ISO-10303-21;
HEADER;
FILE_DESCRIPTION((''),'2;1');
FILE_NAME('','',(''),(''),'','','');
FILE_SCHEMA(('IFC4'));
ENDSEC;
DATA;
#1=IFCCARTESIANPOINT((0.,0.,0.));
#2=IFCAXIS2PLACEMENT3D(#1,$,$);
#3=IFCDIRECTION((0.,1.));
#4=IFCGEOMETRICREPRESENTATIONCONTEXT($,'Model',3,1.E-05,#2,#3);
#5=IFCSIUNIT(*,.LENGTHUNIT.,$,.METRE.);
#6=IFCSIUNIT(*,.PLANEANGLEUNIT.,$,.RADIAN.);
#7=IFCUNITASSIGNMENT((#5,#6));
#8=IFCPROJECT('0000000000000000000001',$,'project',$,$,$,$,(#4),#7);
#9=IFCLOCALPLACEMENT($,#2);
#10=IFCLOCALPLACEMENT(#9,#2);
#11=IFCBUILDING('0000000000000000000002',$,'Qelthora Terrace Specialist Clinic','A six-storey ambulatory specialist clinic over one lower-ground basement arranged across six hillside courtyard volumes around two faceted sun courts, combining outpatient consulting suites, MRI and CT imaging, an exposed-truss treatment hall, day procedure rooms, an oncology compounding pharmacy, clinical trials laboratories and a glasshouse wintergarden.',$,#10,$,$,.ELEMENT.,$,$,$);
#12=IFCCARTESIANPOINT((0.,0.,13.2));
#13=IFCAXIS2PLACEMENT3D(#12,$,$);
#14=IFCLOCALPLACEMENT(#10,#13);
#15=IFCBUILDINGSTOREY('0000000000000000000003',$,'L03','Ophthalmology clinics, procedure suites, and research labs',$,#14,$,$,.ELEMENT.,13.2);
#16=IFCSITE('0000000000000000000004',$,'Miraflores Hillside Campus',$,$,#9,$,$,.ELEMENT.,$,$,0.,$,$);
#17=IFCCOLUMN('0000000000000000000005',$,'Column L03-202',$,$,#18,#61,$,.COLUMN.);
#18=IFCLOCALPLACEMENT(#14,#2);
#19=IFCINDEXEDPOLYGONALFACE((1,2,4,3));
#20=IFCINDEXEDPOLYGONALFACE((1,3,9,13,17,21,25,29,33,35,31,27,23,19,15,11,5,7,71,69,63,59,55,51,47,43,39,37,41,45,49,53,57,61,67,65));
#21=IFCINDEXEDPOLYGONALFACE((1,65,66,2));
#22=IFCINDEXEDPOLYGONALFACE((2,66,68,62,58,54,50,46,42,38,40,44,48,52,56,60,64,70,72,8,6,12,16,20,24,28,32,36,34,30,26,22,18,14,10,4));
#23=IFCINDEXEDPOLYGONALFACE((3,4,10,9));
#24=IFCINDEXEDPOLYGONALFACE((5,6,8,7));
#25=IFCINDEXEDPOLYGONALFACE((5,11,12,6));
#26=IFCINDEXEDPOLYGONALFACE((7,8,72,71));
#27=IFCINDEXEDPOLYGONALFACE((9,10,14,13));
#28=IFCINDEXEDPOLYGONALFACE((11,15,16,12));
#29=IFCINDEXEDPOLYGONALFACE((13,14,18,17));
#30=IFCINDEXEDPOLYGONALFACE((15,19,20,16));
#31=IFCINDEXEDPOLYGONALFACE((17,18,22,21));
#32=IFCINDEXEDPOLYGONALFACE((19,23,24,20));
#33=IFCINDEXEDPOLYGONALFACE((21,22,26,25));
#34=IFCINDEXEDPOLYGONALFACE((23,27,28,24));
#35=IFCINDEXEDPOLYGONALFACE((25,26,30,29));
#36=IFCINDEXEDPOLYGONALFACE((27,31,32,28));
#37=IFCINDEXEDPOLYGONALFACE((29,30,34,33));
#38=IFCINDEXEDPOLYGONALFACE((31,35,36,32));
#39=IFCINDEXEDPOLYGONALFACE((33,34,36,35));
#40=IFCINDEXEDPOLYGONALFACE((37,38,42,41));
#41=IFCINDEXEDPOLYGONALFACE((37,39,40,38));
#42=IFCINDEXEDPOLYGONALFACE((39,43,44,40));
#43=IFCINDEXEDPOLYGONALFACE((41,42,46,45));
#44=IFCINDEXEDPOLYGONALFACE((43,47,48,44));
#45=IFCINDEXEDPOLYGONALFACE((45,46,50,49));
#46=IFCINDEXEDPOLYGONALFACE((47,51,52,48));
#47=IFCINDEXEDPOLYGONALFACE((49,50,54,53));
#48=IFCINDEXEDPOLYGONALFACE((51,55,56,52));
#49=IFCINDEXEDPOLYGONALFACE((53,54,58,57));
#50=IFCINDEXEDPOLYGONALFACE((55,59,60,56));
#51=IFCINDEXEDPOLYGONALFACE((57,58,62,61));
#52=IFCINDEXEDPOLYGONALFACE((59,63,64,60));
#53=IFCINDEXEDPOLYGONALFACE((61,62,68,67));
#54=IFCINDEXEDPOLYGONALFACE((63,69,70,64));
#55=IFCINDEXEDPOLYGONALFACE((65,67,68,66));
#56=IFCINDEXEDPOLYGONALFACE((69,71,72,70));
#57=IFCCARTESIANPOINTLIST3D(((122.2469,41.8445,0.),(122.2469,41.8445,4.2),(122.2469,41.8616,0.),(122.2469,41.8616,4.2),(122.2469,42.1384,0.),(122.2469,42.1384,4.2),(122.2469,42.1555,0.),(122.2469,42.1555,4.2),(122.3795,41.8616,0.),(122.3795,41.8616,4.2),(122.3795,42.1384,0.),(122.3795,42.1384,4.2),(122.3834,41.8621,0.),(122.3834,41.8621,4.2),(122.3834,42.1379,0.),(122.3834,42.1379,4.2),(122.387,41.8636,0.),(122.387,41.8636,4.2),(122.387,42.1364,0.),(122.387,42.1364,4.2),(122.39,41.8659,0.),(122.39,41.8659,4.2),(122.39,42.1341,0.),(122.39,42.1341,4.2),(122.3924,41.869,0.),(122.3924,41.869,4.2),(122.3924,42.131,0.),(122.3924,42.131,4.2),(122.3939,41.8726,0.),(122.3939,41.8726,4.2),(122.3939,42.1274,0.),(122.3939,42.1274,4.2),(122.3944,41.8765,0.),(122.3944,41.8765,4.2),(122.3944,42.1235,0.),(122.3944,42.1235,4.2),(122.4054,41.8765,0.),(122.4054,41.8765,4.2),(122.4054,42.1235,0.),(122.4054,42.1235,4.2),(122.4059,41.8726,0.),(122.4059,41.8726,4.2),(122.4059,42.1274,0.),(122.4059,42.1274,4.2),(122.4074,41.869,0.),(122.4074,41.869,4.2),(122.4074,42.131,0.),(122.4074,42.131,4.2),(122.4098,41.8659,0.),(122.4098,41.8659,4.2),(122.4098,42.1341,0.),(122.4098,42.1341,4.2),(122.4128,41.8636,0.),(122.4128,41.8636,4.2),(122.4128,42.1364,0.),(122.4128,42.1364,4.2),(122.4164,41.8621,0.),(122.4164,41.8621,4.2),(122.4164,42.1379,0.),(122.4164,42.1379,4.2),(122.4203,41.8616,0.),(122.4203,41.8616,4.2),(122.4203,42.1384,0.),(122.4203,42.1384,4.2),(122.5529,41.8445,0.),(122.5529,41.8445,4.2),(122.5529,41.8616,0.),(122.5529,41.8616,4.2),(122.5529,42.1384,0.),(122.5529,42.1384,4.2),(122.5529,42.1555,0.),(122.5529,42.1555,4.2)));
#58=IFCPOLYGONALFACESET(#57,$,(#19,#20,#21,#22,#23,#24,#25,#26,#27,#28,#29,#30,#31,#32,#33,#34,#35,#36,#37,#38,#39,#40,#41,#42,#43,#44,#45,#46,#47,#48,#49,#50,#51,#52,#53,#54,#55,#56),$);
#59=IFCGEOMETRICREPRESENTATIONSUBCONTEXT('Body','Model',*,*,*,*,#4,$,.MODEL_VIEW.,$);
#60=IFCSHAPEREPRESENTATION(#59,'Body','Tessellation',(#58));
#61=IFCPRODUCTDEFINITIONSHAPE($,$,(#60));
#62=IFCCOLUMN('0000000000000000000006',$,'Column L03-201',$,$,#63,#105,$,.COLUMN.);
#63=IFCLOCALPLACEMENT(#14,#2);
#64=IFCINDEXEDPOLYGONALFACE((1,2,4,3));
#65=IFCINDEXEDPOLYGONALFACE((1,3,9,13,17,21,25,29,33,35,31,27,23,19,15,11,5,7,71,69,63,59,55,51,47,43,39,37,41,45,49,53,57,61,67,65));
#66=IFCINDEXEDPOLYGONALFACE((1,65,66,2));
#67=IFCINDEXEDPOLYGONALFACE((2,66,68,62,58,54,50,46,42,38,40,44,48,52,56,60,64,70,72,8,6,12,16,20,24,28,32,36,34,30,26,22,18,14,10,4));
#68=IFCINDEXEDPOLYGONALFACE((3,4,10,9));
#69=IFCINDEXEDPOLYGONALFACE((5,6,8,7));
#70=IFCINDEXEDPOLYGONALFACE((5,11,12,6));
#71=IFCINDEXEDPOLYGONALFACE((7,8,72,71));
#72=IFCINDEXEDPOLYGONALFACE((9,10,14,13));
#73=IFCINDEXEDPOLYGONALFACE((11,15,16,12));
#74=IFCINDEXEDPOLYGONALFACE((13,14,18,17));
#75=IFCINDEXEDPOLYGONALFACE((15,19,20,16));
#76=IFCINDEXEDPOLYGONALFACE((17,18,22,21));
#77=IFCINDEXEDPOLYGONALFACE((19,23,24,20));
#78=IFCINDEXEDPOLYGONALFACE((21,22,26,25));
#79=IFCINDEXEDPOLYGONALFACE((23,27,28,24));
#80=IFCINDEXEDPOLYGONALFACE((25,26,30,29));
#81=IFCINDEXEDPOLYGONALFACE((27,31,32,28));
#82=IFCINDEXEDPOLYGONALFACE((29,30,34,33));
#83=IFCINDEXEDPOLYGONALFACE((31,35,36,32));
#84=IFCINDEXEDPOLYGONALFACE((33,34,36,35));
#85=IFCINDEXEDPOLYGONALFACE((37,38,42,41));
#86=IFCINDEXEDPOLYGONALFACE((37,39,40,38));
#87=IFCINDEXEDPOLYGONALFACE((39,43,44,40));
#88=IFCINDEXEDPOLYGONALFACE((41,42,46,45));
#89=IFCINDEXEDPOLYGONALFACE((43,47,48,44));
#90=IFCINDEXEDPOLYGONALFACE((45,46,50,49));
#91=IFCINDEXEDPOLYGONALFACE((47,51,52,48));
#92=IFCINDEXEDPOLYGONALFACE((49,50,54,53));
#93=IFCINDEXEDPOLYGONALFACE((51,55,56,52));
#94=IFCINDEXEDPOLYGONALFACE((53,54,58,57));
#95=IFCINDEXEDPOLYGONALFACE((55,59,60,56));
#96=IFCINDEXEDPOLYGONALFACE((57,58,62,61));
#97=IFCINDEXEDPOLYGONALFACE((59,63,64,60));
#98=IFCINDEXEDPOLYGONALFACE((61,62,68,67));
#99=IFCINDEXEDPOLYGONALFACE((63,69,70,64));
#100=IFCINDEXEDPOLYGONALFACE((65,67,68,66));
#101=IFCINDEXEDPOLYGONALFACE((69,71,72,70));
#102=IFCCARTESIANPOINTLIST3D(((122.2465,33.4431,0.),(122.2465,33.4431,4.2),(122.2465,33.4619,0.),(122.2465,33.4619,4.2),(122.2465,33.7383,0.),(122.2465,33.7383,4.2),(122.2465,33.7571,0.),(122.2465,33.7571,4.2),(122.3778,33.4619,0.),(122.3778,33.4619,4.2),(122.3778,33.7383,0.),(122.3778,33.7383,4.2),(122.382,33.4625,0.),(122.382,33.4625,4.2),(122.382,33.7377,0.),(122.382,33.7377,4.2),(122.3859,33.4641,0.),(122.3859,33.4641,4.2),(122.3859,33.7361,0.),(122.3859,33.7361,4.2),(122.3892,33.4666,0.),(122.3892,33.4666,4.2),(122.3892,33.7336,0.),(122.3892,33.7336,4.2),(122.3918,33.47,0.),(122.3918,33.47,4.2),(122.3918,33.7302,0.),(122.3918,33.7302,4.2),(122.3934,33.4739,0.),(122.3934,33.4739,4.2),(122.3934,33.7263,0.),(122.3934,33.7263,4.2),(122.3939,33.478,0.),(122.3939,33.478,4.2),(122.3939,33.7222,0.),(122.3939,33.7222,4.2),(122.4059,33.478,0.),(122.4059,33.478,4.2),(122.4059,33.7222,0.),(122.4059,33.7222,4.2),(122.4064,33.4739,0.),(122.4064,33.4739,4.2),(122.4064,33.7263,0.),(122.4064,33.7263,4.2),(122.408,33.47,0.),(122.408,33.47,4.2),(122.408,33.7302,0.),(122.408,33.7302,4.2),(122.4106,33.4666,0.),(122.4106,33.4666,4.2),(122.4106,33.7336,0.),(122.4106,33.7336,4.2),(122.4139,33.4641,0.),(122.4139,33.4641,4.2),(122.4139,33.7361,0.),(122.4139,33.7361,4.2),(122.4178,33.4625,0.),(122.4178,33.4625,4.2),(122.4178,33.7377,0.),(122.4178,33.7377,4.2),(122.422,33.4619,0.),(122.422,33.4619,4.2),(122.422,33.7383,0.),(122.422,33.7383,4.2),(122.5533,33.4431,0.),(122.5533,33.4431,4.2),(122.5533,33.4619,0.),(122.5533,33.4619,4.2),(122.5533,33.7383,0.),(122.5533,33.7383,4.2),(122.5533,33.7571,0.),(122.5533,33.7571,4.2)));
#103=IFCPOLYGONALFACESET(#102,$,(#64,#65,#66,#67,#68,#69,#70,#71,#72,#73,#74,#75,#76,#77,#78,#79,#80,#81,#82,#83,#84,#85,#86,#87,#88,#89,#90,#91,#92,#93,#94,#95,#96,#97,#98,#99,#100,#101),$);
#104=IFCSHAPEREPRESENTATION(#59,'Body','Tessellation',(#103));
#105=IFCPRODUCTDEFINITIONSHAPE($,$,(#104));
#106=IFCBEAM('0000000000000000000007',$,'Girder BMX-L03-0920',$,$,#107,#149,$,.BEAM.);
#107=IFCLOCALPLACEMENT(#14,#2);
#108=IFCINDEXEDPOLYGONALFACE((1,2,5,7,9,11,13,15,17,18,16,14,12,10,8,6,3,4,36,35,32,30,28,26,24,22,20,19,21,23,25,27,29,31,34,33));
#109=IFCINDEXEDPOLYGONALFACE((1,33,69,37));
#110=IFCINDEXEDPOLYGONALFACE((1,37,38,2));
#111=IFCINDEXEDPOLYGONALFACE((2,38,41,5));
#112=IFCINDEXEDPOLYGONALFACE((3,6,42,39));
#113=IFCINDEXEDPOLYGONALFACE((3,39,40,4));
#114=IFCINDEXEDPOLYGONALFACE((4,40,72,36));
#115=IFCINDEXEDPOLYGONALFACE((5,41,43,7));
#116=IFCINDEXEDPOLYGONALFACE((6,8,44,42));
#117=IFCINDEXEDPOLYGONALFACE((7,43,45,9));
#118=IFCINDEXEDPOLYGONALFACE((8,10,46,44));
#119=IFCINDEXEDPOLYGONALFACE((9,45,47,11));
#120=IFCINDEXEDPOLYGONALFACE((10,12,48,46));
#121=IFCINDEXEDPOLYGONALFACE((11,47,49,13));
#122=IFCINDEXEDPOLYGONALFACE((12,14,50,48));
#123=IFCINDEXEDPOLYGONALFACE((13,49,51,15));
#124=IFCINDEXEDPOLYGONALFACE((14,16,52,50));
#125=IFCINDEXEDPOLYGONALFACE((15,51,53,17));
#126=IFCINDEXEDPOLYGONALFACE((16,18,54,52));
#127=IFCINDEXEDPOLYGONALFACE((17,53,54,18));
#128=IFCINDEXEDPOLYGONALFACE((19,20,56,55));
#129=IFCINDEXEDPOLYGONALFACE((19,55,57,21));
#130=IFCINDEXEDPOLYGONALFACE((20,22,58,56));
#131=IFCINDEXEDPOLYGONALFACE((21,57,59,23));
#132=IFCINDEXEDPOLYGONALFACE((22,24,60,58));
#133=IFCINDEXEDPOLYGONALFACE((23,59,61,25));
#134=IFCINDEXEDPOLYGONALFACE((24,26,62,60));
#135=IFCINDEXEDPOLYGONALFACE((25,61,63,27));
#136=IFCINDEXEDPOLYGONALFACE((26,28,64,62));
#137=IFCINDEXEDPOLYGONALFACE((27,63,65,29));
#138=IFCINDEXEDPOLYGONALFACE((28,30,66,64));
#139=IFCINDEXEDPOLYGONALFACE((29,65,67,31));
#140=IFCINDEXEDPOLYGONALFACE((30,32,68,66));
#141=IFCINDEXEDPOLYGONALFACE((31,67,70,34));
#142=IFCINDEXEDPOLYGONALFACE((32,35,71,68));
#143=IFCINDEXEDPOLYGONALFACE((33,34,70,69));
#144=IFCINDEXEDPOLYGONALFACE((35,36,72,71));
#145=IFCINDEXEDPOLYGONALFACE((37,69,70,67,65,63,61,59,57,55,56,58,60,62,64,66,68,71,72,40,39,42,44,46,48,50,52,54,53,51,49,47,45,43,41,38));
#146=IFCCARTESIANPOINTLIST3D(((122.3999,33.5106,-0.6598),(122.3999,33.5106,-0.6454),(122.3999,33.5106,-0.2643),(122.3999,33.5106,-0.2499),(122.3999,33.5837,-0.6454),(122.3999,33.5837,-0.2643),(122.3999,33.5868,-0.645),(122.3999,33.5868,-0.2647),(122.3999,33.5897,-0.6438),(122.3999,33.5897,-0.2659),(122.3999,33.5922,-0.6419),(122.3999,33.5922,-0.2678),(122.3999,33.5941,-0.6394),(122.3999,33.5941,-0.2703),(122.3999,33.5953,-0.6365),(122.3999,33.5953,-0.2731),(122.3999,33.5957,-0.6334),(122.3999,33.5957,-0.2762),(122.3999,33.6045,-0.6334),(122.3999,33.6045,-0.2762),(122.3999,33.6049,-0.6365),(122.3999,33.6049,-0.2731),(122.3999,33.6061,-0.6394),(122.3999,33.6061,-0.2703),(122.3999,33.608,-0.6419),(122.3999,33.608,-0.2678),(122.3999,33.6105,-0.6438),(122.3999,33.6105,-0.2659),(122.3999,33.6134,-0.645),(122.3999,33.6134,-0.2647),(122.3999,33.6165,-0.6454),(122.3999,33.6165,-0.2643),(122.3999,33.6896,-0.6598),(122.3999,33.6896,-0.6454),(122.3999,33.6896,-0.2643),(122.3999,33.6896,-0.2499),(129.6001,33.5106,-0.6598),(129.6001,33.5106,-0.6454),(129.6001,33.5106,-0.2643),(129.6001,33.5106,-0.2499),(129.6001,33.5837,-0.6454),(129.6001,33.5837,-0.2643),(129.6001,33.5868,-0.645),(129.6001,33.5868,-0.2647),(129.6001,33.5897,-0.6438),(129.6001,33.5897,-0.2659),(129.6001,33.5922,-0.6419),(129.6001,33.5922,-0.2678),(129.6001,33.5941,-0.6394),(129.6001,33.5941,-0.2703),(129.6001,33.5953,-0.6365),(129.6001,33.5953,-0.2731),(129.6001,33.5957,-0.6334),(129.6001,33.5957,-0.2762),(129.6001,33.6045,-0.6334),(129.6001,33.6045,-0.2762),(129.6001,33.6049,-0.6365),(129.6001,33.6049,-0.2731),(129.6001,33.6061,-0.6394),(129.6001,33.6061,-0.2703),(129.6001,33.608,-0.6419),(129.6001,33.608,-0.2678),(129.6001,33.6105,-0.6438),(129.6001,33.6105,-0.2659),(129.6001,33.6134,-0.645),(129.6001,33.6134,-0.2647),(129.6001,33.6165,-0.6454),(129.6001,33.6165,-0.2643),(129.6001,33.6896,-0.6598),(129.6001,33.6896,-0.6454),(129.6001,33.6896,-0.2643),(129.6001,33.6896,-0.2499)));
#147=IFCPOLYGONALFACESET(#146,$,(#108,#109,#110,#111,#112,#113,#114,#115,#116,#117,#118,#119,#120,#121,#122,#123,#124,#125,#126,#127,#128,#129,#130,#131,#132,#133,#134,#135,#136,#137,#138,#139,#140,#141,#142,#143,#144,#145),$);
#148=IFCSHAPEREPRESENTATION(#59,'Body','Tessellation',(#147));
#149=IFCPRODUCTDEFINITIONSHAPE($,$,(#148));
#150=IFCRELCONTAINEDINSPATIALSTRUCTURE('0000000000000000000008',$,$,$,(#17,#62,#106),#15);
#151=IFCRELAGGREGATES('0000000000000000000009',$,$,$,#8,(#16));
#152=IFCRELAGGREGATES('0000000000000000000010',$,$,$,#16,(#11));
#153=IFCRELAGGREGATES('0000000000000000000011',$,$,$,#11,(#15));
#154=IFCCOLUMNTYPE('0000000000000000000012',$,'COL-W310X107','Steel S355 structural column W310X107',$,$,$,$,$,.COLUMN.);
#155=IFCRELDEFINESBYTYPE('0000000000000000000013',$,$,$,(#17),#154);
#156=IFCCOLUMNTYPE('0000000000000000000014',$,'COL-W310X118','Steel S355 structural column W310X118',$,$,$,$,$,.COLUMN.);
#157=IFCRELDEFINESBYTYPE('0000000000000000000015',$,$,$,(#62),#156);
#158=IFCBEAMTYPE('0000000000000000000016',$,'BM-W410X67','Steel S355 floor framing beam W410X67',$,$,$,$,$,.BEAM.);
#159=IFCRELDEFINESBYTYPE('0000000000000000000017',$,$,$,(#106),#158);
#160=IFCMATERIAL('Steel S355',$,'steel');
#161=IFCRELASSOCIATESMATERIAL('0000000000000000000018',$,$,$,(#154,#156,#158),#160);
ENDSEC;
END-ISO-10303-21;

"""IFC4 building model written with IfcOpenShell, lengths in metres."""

from ifc_helpers import new_model, si_unit, direction, frame, origin, origin_2d, place, context, subcontext, project, spatial, i_section, extrude, material, material_profile, profile_set, type_object, element, save


model = new_model("IFC4")

# Units and contexts
model_context = context("Model", 3, precision=1e-05, world=origin(), true_north=direction((0.0, 1.0)))
body_context = subcontext(model_context, "Body", "Model", "MODEL_VIEW")
ifc_project = project(units=[si_unit("LENGTHUNIT", "METRE"), si_unit("PLANEANGLEUNIT", "RADIAN")], contexts=[model_context])

# Site, building, storey
site_placement = place(None, origin())
site = spatial("IfcSite", under=ifc_project, at=site_placement, Name="Miraflores Hillside Campus", CompositionType="ELEMENT", RefElevation=0.0)
building_placement = place(site_placement, origin())
building = spatial("IfcBuilding", under=site, at=building_placement, Name="Qelthora Terrace Specialist Clinic", Description="A six-storey ambulatory specialist clinic over one lower-ground basement arranged across six hillside courtyard volumes around two faceted sun courts, combining outpatient consulting suites, MRI and CT imaging, an exposed-truss treatment hall, day procedure rooms, an oncology compounding pharmacy, clinical trials laboratories and a glasshouse wintergarden.", CompositionType="ELEMENT")
storey_placement = place(building_placement, frame((0.0, 0.0, 13.2)))
storey = spatial("IfcBuildingStorey", under=building, at=storey_placement, Name="L03", Description="Ophthalmology clinics, procedure suites, and research labs", CompositionType="ELEMENT", Elevation=13.2)

# Columns
ifc_material_1 = material(Name="Steel S355", Category="steel")
ifc_material_profile_1 = material_profile(ifc_material_1, i_section(OverallWidth=0.3059, OverallDepth=0.311, WebThickness=0.011, FlangeThickness=0.0171, FilletRadius=0.0149, at=origin_2d()), Name="W310X107")
ifc_profile_set_1 = profile_set([ifc_material_profile_1], Name="Steel S355")
column_type_1 = type_object("IfcColumnType", Name="COL-W310X107", Description="Steel S355 structural column W310X107", PredefinedType="COLUMN", material=ifc_profile_set_1)
column_1_placement = place(storey_placement, frame((122.3999, 42.0, 0.0), z_axis=(0.0, 0.0, 1.0), x_axis=(1.0, 0.0, 0.0)))
element("IfcColumn", 1, at=column_1_placement, inside=storey, type_object=column_type_1, Name="Column L03-202", PredefinedType="COLUMN", context=body_context, shape_type="SweptSolid", body=[
    extrude(i_section(OverallWidth=0.3059, OverallDepth=0.311, WebThickness=0.011, FlangeThickness=0.0171, FilletRadius=0.0149, at=origin_2d()), origin(), (0.0, 0.0, 1.0), 4.2),
])
ifc_material_profile_2 = material_profile(ifc_material_1, i_section(OverallWidth=0.3069, OverallDepth=0.314, WebThickness=0.012, FlangeThickness=0.0188, FilletRadius=0.0161, at=origin_2d()), Name="W310X118")
ifc_profile_set_2 = profile_set([ifc_material_profile_2], Name="Steel S355")
column_type_2 = type_object("IfcColumnType", Name="COL-W310X118", Description="Steel S355 structural column W310X118", PredefinedType="COLUMN", material=ifc_profile_set_2)
column_2_placement = place(storey_placement, frame((122.3999, 33.6001, 0.0), z_axis=(0.0, 0.0, 1.0), x_axis=(1.0, 0.0, 0.0)))
element("IfcColumn", 2, at=column_2_placement, inside=storey, type_object=column_type_2, Name="Column L03-201", PredefinedType="COLUMN", context=body_context, shape_type="SweptSolid", body=[
    extrude(i_section(OverallWidth=0.3069, OverallDepth=0.314, WebThickness=0.012, FlangeThickness=0.0188, FilletRadius=0.0161, at=origin_2d()), origin(), (0.0, 0.0, 1.0), 4.2),
])

# Beam
ifc_material_profile_3 = material_profile(ifc_material_1, i_section(OverallWidth=0.179, OverallDepth=0.4099, WebThickness=0.0088, FlangeThickness=0.0144, FilletRadius=0.012, at=origin_2d()), Name="W410X67")
ifc_profile_set_3 = profile_set([ifc_material_profile_3], Name="Steel S355")
beam_type_1 = type_object("IfcBeamType", Name="BM-W410X67", Description="Steel S355 floor framing beam W410X67", PredefinedType="BEAM", material=ifc_profile_set_3)
beam_1_placement = place(storey_placement, frame((122.3999, 33.6001, -0.4548), z_axis=(1.0, 0.0, 0.0), x_axis=(0.0, 1.0, 0.0)))
element("IfcBeam", 3, at=beam_1_placement, inside=storey, type_object=beam_type_1, Name="Girder BMX-L03-0920", PredefinedType="BEAM", context=body_context, shape_type="SweptSolid", body=[
    extrude(i_section(OverallWidth=0.179, OverallDepth=0.4099, WebThickness=0.0088, FlangeThickness=0.0144, FilletRadius=0.012, at=origin_2d()), origin(), (0.0, 0.0, 1.0), 7.2002),
])

save(model, "model.ifc")
